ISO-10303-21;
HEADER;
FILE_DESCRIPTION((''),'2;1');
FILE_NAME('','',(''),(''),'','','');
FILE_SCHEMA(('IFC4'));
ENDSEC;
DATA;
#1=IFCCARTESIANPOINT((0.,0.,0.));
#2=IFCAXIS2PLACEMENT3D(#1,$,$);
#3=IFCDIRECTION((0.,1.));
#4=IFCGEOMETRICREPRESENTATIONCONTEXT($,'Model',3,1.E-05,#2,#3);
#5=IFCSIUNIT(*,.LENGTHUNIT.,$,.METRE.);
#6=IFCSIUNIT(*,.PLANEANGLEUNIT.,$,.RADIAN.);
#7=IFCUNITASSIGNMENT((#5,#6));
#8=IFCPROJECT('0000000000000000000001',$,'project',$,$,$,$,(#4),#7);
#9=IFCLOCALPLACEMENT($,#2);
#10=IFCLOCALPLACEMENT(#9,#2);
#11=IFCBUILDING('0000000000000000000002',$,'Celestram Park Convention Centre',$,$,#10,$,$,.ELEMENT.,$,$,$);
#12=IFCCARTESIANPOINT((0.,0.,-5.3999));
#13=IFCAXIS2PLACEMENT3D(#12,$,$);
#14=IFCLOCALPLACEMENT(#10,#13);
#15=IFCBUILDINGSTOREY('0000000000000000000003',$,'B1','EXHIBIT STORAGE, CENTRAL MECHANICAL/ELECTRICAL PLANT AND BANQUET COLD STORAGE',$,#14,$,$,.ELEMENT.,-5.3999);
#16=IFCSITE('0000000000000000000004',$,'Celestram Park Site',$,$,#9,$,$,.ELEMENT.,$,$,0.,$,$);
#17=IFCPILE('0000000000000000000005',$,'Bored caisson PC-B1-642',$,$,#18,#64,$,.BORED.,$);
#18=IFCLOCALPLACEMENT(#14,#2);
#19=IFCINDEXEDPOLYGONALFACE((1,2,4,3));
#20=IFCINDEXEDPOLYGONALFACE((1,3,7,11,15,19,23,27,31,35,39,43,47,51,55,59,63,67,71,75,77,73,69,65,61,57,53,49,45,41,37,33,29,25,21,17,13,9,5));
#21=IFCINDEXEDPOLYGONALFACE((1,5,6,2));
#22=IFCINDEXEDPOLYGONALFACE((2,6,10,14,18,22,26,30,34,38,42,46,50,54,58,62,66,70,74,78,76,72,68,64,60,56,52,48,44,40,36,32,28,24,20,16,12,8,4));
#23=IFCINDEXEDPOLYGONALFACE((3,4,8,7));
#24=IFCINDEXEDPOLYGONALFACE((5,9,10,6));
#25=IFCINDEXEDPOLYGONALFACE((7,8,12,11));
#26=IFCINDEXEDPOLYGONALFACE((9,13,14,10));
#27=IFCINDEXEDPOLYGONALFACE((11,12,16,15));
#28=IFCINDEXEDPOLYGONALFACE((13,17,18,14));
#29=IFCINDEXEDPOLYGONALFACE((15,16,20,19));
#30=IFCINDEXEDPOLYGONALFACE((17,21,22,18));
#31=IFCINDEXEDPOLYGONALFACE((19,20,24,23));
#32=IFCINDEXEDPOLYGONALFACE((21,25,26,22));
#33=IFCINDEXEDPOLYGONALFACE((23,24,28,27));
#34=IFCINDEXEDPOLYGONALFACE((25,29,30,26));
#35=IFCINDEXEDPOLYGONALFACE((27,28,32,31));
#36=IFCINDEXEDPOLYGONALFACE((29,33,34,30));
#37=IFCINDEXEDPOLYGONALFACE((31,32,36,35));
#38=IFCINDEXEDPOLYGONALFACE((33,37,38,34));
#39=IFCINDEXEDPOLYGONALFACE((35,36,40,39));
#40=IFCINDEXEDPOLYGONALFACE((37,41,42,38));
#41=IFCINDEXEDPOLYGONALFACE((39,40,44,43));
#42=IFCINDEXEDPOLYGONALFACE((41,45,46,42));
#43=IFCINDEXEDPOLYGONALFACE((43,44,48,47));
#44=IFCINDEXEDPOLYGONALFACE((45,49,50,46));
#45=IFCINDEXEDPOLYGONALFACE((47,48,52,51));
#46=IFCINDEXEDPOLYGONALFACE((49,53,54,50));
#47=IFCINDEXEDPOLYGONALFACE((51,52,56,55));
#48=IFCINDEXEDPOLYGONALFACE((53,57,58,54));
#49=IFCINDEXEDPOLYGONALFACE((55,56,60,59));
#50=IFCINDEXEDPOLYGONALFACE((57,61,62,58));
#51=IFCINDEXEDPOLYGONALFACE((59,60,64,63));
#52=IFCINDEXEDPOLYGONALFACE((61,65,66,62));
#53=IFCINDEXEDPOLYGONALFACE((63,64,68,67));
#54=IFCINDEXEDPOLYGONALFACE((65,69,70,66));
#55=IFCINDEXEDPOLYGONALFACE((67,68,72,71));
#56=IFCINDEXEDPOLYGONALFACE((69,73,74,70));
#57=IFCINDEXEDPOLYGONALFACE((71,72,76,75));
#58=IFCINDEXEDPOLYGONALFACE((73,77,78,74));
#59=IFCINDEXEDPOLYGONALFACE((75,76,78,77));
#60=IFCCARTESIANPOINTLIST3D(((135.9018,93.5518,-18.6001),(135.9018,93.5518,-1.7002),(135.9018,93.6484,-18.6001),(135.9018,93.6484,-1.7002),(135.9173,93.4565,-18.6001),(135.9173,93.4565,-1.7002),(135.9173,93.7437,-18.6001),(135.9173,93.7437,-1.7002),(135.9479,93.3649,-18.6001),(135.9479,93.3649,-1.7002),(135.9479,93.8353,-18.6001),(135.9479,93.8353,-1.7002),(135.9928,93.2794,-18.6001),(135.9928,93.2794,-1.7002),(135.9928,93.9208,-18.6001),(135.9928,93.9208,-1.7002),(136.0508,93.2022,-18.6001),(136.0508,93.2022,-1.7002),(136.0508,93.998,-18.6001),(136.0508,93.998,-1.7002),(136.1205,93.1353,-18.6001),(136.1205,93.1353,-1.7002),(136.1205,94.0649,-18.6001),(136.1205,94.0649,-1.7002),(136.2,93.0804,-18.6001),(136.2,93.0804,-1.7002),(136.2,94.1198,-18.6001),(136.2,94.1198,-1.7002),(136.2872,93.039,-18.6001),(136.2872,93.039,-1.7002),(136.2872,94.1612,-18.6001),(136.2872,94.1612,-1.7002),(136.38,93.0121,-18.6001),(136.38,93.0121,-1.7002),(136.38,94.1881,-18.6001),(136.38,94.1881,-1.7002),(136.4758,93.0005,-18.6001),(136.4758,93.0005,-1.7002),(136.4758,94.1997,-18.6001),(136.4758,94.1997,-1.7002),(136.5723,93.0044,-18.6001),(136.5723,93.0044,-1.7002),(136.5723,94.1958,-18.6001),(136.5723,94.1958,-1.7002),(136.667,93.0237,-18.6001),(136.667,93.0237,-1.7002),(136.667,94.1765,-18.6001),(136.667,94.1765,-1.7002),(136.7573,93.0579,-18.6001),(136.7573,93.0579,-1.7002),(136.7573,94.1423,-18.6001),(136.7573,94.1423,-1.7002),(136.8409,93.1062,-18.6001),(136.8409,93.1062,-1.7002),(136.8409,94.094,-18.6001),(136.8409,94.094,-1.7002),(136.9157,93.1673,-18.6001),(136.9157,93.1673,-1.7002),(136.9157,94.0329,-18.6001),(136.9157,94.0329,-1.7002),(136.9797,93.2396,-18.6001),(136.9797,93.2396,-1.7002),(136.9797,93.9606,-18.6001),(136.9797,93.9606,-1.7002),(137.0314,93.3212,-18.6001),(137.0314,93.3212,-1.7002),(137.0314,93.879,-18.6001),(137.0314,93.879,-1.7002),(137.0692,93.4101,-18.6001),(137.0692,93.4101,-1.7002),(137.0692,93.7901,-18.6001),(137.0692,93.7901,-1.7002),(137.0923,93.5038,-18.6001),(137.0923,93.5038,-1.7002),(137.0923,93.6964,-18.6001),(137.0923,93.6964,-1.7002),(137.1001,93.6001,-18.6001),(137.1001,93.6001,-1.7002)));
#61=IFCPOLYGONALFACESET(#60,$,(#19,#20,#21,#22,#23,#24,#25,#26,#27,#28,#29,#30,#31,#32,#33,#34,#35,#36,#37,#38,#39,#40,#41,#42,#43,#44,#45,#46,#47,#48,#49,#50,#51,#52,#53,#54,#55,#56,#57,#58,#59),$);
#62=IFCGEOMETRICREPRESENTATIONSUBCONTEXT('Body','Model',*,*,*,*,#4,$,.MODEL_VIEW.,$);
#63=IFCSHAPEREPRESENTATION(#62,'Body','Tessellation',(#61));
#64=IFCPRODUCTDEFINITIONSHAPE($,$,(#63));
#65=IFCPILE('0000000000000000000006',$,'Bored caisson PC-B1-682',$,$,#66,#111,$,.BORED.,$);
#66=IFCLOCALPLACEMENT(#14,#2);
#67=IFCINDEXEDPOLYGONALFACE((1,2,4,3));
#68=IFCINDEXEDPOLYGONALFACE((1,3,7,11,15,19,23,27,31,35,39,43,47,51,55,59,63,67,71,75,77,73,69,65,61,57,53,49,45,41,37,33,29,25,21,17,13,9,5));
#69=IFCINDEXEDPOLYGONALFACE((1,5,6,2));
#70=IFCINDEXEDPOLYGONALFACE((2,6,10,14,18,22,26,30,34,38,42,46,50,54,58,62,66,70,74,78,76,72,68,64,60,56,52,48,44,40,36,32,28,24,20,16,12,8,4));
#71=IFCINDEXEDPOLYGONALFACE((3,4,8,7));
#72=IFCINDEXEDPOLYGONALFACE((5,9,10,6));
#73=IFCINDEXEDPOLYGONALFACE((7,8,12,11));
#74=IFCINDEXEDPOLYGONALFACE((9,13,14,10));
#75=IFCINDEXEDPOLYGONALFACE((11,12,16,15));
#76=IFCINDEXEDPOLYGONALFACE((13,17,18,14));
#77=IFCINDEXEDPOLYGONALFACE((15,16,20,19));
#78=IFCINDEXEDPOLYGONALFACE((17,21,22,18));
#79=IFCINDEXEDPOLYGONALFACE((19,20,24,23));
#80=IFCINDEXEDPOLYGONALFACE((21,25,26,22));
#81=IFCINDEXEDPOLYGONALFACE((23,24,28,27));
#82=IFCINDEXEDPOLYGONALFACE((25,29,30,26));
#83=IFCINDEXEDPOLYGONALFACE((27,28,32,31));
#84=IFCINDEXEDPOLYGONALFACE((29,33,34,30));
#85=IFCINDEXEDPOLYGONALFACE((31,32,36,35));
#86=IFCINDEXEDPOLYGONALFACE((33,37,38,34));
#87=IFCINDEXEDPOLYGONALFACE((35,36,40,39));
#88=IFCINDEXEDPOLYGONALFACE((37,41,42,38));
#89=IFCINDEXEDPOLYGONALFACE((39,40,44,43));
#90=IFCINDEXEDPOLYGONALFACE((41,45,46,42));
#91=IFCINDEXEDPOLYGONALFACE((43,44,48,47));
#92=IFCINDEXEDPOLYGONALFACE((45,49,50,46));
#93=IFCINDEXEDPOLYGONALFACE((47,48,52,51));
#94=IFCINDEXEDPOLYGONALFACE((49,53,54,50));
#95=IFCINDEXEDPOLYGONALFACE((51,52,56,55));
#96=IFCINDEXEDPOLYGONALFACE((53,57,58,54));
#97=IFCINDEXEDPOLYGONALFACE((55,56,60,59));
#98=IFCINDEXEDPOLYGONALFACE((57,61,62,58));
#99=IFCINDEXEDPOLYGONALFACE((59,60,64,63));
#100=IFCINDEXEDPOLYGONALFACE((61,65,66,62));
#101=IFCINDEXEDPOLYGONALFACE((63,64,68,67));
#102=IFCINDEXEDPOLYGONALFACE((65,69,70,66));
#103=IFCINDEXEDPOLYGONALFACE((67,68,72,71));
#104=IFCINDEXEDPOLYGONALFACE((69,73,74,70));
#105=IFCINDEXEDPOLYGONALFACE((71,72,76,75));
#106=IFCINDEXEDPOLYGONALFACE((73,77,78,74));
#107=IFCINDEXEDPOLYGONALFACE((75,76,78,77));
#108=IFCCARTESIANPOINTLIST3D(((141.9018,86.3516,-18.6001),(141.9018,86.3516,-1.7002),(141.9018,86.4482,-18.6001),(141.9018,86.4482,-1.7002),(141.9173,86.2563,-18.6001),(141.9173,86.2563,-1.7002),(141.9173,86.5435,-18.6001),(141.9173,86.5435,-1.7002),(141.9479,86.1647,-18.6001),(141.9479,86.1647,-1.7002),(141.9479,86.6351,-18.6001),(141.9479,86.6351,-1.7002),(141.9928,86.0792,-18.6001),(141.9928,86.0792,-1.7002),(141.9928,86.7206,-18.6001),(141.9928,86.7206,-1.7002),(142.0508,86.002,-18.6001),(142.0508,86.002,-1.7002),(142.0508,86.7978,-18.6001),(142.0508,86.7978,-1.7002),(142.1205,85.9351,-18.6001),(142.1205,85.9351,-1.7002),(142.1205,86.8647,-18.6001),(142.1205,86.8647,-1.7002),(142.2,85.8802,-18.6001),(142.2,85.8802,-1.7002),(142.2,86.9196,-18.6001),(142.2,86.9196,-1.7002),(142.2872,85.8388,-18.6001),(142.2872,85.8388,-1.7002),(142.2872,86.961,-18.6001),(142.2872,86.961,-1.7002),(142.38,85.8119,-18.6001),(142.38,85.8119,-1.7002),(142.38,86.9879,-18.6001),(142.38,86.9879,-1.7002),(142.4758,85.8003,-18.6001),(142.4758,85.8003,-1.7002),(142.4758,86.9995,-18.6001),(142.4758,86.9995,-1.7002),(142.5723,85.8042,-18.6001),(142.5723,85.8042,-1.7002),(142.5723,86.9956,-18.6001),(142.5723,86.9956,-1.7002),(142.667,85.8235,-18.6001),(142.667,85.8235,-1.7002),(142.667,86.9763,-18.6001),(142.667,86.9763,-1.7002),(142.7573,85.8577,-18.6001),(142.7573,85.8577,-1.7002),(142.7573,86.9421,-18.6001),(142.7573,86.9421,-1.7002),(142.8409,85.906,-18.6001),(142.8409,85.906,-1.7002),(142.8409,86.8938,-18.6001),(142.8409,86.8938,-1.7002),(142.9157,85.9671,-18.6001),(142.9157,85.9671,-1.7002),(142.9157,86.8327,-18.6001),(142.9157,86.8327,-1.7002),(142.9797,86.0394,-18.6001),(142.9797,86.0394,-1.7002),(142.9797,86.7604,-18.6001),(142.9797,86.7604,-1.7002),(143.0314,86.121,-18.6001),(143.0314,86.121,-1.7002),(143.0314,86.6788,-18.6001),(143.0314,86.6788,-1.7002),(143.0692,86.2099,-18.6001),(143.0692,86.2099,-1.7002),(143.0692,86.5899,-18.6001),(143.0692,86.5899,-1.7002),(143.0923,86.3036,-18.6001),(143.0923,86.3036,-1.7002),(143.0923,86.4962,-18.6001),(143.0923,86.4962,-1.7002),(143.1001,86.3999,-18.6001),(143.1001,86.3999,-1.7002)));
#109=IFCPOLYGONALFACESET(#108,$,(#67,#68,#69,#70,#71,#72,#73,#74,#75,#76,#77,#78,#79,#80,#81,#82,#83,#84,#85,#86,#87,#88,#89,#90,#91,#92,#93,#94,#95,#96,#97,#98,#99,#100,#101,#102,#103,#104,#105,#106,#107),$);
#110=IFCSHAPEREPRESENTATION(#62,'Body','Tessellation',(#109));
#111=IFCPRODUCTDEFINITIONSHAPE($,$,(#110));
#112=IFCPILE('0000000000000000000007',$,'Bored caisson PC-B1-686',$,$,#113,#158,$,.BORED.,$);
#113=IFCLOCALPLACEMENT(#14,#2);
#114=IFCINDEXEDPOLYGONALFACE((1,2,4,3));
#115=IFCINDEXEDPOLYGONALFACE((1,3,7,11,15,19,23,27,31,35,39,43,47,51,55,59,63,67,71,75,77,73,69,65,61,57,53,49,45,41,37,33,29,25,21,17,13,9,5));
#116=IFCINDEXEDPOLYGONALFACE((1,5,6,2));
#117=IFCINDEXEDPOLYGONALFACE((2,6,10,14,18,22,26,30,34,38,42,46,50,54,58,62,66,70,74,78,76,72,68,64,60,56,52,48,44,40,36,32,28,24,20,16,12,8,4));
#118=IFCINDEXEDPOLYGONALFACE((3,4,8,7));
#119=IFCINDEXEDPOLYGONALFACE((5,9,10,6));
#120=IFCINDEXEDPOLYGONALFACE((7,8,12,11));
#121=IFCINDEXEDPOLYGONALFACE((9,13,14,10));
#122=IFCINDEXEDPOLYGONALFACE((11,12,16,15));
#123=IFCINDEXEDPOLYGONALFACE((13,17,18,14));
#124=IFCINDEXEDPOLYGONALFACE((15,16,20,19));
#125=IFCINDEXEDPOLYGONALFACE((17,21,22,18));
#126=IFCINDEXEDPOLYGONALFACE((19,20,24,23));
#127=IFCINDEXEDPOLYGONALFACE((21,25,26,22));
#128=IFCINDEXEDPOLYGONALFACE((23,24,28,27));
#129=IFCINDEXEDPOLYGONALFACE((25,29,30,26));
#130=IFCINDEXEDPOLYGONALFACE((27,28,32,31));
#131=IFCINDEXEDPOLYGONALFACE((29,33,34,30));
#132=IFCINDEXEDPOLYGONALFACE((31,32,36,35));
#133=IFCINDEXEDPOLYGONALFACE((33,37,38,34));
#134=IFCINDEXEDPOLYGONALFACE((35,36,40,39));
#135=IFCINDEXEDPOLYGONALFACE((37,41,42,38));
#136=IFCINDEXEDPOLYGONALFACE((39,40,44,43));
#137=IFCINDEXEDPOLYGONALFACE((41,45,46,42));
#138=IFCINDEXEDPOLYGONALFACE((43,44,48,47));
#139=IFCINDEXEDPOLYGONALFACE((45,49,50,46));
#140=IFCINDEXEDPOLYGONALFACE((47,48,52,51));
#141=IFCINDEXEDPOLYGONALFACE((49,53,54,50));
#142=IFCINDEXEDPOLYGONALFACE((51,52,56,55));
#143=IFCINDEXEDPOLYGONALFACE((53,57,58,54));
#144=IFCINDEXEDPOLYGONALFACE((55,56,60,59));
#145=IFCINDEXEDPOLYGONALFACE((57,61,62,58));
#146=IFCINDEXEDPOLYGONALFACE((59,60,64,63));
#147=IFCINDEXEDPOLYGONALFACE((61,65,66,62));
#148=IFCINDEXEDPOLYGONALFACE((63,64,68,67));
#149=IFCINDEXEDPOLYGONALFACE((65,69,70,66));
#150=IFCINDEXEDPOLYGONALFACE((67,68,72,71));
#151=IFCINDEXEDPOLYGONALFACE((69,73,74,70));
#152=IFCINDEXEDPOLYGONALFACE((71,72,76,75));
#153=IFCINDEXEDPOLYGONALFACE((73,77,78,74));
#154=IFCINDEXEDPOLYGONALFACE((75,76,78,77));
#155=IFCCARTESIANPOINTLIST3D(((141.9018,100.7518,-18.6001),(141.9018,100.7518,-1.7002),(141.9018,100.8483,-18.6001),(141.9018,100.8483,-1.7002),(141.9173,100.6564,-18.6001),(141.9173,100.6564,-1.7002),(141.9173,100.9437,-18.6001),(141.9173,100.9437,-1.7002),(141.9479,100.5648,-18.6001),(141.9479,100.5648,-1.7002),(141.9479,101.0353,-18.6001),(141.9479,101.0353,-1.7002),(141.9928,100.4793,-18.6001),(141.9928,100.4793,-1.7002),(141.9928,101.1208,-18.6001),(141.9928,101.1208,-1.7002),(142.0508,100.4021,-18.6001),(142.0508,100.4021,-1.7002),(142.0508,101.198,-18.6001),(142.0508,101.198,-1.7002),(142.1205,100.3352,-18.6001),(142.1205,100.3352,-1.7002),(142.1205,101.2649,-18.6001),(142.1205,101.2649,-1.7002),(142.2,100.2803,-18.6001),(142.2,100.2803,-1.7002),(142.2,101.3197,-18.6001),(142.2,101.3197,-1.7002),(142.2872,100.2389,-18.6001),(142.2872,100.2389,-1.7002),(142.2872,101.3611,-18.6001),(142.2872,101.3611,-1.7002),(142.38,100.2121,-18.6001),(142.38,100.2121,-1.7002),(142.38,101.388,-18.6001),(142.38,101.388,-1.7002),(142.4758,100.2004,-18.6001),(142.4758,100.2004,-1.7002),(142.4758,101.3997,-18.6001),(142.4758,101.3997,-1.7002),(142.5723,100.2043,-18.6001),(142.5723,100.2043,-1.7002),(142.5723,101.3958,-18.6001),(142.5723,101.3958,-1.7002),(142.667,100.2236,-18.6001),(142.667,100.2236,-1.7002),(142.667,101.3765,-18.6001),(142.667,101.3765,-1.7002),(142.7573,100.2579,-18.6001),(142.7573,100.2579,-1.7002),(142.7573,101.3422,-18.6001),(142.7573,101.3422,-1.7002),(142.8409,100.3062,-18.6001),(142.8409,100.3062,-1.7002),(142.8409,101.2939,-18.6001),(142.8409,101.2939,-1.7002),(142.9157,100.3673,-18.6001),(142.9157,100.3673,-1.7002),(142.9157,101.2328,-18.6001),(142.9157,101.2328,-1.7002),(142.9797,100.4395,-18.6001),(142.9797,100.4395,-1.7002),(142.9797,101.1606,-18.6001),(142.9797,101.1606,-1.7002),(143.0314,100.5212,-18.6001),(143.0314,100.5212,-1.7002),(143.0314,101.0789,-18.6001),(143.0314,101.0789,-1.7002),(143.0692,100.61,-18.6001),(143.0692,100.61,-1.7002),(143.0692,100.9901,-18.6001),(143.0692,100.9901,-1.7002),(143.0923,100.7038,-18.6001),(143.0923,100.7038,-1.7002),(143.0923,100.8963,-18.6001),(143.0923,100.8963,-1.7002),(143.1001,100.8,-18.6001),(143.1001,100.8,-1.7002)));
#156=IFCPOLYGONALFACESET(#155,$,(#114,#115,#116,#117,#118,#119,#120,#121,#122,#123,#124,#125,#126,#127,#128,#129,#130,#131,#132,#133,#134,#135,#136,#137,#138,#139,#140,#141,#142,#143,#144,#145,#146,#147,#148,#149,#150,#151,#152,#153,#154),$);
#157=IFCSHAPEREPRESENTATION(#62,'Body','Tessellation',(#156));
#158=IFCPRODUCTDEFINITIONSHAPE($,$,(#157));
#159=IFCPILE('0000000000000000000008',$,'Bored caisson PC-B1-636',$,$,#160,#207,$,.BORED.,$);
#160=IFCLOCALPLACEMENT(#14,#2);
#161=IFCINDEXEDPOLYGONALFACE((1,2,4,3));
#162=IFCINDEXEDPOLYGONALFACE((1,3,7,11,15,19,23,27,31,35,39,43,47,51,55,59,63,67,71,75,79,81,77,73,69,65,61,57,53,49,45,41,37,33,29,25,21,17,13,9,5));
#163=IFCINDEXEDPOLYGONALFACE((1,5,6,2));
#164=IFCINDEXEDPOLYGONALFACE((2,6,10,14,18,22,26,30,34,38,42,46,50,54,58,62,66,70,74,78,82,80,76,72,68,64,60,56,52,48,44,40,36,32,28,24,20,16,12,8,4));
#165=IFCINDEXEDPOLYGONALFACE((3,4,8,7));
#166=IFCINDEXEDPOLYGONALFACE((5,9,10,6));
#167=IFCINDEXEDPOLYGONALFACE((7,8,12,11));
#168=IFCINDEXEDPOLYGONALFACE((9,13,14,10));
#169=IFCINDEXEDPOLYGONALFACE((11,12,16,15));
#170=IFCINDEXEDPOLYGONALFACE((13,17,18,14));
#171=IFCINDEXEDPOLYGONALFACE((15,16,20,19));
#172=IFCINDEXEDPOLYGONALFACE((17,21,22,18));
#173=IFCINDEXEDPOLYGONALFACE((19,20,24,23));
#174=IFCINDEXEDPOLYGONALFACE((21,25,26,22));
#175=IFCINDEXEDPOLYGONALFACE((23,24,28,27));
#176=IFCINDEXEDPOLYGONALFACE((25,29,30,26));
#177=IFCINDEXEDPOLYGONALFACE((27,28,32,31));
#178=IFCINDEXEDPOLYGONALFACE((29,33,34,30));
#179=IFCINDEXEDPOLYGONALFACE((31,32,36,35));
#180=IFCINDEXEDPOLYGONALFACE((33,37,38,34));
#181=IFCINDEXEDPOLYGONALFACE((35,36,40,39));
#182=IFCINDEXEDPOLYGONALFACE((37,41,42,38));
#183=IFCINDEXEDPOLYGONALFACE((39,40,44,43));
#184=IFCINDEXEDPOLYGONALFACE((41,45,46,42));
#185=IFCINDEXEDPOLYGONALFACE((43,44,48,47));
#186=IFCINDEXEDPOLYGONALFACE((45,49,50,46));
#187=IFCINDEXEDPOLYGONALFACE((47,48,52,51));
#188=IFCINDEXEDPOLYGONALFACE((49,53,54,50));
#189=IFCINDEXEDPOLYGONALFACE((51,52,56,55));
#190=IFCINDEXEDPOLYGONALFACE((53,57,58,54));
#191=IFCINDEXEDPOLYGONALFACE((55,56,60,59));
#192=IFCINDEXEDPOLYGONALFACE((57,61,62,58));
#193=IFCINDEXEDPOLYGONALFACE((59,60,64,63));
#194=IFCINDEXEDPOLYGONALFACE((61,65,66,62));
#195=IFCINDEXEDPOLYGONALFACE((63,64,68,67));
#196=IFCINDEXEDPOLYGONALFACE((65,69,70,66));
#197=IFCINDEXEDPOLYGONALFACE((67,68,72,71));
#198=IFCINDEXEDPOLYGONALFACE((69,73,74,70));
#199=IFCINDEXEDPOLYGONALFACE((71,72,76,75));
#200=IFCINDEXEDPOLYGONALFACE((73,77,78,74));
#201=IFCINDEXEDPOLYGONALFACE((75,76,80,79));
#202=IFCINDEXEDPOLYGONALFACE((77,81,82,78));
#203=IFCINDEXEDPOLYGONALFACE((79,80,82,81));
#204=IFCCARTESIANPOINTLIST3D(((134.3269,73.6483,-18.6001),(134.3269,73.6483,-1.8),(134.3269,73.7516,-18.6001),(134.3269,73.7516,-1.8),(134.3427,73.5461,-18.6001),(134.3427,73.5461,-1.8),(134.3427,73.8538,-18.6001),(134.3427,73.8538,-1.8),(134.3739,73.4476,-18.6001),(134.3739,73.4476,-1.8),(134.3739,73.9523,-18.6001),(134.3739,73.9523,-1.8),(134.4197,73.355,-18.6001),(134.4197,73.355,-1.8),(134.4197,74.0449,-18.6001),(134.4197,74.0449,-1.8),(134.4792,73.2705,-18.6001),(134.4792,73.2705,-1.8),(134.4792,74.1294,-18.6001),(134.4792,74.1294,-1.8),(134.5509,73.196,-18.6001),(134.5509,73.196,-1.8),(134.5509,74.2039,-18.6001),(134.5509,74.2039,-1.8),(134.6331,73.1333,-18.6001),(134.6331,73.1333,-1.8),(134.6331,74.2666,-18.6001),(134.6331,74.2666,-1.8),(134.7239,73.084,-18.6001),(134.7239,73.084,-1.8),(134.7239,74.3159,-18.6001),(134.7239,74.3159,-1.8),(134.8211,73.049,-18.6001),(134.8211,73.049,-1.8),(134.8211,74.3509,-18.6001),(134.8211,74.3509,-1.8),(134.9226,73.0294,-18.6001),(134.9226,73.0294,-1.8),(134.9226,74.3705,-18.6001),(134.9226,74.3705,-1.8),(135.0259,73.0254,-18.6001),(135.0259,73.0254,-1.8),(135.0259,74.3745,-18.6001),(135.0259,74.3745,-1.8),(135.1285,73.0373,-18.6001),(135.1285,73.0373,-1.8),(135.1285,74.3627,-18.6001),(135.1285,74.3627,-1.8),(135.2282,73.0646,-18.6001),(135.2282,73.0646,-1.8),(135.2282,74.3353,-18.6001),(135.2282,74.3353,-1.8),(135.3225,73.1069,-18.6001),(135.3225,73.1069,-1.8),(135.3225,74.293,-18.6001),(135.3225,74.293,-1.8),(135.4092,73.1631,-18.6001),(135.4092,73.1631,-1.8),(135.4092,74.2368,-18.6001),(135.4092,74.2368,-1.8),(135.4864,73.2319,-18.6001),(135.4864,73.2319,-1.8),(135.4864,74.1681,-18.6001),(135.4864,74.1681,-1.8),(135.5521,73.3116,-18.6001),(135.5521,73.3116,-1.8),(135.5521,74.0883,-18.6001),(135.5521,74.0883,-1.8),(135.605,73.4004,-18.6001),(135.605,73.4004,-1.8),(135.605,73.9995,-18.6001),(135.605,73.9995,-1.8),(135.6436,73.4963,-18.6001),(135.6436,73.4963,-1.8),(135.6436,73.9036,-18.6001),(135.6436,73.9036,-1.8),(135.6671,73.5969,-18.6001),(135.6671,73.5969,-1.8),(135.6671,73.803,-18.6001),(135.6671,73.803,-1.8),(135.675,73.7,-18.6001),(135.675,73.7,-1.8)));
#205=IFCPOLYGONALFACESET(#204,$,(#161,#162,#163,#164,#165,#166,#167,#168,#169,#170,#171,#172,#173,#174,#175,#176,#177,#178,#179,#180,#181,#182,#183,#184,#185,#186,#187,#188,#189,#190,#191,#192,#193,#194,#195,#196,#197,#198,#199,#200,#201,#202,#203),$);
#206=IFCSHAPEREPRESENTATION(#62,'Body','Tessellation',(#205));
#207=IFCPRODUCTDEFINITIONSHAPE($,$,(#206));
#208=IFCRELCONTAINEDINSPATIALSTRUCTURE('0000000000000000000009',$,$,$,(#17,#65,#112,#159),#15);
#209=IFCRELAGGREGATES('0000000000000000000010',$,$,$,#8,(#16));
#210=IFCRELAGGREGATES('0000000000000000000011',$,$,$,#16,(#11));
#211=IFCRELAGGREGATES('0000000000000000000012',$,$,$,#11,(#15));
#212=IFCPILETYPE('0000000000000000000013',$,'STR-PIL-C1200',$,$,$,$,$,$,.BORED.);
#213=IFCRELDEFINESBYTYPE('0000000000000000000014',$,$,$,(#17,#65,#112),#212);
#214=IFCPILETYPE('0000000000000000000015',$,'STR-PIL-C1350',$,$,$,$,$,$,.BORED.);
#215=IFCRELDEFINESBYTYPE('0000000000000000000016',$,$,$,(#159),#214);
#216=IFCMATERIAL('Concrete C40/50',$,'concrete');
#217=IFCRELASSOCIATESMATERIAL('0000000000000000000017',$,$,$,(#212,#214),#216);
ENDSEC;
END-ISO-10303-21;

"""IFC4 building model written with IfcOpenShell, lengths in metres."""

from ifc_helpers import new_model, si_unit, direction, frame, origin, origin_2d, place, context, subcontext, project, spatial, circle, extrude, material, material_profile, profile_set, type_object, element, save


model = new_model("IFC4")

# Units and contexts
model_context = context("Model", 3, precision=1e-05, world=origin(), true_north=direction((0.0, 1.0)))
body_context = subcontext(model_context, "Body", "Model", "MODEL_VIEW")
ifc_project = project(units=[si_unit("LENGTHUNIT", "METRE"), si_unit("PLANEANGLEUNIT", "RADIAN")], contexts=[model_context])

# Site, building, storey
site_placement = place(None, origin())
site = spatial("IfcSite", under=ifc_project, at=site_placement, Name="Celestram Park Site", CompositionType="ELEMENT", RefElevation=0.0)
building_placement = place(site_placement, origin())
building = spatial("IfcBuilding", under=site, at=building_placement, Name="Celestram Park Convention Centre", CompositionType="ELEMENT")
storey_placement = place(building_placement, frame((0.0, 0.0, -5.3999)))
storey = spatial("IfcBuildingStorey", under=building, at=storey_placement, Name="B1", Description="EXHIBIT STORAGE, CENTRAL MECHANICAL/ELECTRICAL PLANT AND BANQUET COLD STORAGE", CompositionType="ELEMENT", Elevation=-5.3999)

# Shared definitions
ifc_material_1 = material(Name="Concrete C40/50", Category="concrete")

# Piles
ifc_material_profile_1 = material_profile(ifc_material_1, circle(Radius=0.6001, at=origin_2d()), Name="CAISSON1200")
ifc_profile_set_1 = profile_set([ifc_material_profile_1], Name="Concrete C40/50")
pile_type_1 = type_object("IfcPileType", Name="STR-PIL-C1200", PredefinedType="BORED", material=ifc_profile_set_1)
for number, where, z_axis, x_axis, name in (
    (1, (136.5, 93.6001, -1.7002), (0.0, 0.0, -1.0), (1.0, 0.0, 0.0), "Bored caisson PC-B1-642"),
    (2, (142.5, 86.3999, -1.7002), (0.0, 0.0, -1.0), (1.0, 0.0, 0.0), "Bored caisson PC-B1-682"),
    (3, (142.5, 100.8, -1.7002), (0.0, 0.0, -1.0), (1.0, 0.0, 0.0), "Bored caisson PC-B1-686"),
):
    element("IfcPile", number, at=place(storey_placement, frame(where, z_axis=z_axis, x_axis=x_axis)), inside=storey, type_object=pile_type_1, Name=name, PredefinedType="BORED", context=body_context, shape_type="SweptSolid", body=[
        extrude(circle(Radius=0.6001, at=origin_2d()), origin(), (0.0, 0.0, 1.0), 16.8999),
    ])
ifc_material_profile_2 = material_profile(ifc_material_1, circle(Radius=0.675, at=origin_2d()), Name="CAISSON1350")
ifc_profile_set_2 = profile_set([ifc_material_profile_2], Name="Concrete C40/50")
pile_type_2 = type_object("IfcPileType", Name="STR-PIL-C1350", PredefinedType="BORED", material=ifc_profile_set_2)
for number, where, z_axis, x_axis, name in (
    (4, (135.0, 73.7, -1.8), (0.0, 0.0, -1.0), (1.0, 0.0, 0.0), "Bored caisson PC-B1-636"),
):
    element("IfcPile", number, at=place(storey_placement, frame(where, z_axis=z_axis, x_axis=x_axis)), inside=storey, type_object=pile_type_2, Name=name, PredefinedType="BORED", context=body_context, shape_type="SweptSolid", body=[
        extrude(circle(Radius=0.675, at=origin_2d()), origin(), (0.0, 0.0, 1.0), 16.8),
    ])

save(model, "model.ifc")
